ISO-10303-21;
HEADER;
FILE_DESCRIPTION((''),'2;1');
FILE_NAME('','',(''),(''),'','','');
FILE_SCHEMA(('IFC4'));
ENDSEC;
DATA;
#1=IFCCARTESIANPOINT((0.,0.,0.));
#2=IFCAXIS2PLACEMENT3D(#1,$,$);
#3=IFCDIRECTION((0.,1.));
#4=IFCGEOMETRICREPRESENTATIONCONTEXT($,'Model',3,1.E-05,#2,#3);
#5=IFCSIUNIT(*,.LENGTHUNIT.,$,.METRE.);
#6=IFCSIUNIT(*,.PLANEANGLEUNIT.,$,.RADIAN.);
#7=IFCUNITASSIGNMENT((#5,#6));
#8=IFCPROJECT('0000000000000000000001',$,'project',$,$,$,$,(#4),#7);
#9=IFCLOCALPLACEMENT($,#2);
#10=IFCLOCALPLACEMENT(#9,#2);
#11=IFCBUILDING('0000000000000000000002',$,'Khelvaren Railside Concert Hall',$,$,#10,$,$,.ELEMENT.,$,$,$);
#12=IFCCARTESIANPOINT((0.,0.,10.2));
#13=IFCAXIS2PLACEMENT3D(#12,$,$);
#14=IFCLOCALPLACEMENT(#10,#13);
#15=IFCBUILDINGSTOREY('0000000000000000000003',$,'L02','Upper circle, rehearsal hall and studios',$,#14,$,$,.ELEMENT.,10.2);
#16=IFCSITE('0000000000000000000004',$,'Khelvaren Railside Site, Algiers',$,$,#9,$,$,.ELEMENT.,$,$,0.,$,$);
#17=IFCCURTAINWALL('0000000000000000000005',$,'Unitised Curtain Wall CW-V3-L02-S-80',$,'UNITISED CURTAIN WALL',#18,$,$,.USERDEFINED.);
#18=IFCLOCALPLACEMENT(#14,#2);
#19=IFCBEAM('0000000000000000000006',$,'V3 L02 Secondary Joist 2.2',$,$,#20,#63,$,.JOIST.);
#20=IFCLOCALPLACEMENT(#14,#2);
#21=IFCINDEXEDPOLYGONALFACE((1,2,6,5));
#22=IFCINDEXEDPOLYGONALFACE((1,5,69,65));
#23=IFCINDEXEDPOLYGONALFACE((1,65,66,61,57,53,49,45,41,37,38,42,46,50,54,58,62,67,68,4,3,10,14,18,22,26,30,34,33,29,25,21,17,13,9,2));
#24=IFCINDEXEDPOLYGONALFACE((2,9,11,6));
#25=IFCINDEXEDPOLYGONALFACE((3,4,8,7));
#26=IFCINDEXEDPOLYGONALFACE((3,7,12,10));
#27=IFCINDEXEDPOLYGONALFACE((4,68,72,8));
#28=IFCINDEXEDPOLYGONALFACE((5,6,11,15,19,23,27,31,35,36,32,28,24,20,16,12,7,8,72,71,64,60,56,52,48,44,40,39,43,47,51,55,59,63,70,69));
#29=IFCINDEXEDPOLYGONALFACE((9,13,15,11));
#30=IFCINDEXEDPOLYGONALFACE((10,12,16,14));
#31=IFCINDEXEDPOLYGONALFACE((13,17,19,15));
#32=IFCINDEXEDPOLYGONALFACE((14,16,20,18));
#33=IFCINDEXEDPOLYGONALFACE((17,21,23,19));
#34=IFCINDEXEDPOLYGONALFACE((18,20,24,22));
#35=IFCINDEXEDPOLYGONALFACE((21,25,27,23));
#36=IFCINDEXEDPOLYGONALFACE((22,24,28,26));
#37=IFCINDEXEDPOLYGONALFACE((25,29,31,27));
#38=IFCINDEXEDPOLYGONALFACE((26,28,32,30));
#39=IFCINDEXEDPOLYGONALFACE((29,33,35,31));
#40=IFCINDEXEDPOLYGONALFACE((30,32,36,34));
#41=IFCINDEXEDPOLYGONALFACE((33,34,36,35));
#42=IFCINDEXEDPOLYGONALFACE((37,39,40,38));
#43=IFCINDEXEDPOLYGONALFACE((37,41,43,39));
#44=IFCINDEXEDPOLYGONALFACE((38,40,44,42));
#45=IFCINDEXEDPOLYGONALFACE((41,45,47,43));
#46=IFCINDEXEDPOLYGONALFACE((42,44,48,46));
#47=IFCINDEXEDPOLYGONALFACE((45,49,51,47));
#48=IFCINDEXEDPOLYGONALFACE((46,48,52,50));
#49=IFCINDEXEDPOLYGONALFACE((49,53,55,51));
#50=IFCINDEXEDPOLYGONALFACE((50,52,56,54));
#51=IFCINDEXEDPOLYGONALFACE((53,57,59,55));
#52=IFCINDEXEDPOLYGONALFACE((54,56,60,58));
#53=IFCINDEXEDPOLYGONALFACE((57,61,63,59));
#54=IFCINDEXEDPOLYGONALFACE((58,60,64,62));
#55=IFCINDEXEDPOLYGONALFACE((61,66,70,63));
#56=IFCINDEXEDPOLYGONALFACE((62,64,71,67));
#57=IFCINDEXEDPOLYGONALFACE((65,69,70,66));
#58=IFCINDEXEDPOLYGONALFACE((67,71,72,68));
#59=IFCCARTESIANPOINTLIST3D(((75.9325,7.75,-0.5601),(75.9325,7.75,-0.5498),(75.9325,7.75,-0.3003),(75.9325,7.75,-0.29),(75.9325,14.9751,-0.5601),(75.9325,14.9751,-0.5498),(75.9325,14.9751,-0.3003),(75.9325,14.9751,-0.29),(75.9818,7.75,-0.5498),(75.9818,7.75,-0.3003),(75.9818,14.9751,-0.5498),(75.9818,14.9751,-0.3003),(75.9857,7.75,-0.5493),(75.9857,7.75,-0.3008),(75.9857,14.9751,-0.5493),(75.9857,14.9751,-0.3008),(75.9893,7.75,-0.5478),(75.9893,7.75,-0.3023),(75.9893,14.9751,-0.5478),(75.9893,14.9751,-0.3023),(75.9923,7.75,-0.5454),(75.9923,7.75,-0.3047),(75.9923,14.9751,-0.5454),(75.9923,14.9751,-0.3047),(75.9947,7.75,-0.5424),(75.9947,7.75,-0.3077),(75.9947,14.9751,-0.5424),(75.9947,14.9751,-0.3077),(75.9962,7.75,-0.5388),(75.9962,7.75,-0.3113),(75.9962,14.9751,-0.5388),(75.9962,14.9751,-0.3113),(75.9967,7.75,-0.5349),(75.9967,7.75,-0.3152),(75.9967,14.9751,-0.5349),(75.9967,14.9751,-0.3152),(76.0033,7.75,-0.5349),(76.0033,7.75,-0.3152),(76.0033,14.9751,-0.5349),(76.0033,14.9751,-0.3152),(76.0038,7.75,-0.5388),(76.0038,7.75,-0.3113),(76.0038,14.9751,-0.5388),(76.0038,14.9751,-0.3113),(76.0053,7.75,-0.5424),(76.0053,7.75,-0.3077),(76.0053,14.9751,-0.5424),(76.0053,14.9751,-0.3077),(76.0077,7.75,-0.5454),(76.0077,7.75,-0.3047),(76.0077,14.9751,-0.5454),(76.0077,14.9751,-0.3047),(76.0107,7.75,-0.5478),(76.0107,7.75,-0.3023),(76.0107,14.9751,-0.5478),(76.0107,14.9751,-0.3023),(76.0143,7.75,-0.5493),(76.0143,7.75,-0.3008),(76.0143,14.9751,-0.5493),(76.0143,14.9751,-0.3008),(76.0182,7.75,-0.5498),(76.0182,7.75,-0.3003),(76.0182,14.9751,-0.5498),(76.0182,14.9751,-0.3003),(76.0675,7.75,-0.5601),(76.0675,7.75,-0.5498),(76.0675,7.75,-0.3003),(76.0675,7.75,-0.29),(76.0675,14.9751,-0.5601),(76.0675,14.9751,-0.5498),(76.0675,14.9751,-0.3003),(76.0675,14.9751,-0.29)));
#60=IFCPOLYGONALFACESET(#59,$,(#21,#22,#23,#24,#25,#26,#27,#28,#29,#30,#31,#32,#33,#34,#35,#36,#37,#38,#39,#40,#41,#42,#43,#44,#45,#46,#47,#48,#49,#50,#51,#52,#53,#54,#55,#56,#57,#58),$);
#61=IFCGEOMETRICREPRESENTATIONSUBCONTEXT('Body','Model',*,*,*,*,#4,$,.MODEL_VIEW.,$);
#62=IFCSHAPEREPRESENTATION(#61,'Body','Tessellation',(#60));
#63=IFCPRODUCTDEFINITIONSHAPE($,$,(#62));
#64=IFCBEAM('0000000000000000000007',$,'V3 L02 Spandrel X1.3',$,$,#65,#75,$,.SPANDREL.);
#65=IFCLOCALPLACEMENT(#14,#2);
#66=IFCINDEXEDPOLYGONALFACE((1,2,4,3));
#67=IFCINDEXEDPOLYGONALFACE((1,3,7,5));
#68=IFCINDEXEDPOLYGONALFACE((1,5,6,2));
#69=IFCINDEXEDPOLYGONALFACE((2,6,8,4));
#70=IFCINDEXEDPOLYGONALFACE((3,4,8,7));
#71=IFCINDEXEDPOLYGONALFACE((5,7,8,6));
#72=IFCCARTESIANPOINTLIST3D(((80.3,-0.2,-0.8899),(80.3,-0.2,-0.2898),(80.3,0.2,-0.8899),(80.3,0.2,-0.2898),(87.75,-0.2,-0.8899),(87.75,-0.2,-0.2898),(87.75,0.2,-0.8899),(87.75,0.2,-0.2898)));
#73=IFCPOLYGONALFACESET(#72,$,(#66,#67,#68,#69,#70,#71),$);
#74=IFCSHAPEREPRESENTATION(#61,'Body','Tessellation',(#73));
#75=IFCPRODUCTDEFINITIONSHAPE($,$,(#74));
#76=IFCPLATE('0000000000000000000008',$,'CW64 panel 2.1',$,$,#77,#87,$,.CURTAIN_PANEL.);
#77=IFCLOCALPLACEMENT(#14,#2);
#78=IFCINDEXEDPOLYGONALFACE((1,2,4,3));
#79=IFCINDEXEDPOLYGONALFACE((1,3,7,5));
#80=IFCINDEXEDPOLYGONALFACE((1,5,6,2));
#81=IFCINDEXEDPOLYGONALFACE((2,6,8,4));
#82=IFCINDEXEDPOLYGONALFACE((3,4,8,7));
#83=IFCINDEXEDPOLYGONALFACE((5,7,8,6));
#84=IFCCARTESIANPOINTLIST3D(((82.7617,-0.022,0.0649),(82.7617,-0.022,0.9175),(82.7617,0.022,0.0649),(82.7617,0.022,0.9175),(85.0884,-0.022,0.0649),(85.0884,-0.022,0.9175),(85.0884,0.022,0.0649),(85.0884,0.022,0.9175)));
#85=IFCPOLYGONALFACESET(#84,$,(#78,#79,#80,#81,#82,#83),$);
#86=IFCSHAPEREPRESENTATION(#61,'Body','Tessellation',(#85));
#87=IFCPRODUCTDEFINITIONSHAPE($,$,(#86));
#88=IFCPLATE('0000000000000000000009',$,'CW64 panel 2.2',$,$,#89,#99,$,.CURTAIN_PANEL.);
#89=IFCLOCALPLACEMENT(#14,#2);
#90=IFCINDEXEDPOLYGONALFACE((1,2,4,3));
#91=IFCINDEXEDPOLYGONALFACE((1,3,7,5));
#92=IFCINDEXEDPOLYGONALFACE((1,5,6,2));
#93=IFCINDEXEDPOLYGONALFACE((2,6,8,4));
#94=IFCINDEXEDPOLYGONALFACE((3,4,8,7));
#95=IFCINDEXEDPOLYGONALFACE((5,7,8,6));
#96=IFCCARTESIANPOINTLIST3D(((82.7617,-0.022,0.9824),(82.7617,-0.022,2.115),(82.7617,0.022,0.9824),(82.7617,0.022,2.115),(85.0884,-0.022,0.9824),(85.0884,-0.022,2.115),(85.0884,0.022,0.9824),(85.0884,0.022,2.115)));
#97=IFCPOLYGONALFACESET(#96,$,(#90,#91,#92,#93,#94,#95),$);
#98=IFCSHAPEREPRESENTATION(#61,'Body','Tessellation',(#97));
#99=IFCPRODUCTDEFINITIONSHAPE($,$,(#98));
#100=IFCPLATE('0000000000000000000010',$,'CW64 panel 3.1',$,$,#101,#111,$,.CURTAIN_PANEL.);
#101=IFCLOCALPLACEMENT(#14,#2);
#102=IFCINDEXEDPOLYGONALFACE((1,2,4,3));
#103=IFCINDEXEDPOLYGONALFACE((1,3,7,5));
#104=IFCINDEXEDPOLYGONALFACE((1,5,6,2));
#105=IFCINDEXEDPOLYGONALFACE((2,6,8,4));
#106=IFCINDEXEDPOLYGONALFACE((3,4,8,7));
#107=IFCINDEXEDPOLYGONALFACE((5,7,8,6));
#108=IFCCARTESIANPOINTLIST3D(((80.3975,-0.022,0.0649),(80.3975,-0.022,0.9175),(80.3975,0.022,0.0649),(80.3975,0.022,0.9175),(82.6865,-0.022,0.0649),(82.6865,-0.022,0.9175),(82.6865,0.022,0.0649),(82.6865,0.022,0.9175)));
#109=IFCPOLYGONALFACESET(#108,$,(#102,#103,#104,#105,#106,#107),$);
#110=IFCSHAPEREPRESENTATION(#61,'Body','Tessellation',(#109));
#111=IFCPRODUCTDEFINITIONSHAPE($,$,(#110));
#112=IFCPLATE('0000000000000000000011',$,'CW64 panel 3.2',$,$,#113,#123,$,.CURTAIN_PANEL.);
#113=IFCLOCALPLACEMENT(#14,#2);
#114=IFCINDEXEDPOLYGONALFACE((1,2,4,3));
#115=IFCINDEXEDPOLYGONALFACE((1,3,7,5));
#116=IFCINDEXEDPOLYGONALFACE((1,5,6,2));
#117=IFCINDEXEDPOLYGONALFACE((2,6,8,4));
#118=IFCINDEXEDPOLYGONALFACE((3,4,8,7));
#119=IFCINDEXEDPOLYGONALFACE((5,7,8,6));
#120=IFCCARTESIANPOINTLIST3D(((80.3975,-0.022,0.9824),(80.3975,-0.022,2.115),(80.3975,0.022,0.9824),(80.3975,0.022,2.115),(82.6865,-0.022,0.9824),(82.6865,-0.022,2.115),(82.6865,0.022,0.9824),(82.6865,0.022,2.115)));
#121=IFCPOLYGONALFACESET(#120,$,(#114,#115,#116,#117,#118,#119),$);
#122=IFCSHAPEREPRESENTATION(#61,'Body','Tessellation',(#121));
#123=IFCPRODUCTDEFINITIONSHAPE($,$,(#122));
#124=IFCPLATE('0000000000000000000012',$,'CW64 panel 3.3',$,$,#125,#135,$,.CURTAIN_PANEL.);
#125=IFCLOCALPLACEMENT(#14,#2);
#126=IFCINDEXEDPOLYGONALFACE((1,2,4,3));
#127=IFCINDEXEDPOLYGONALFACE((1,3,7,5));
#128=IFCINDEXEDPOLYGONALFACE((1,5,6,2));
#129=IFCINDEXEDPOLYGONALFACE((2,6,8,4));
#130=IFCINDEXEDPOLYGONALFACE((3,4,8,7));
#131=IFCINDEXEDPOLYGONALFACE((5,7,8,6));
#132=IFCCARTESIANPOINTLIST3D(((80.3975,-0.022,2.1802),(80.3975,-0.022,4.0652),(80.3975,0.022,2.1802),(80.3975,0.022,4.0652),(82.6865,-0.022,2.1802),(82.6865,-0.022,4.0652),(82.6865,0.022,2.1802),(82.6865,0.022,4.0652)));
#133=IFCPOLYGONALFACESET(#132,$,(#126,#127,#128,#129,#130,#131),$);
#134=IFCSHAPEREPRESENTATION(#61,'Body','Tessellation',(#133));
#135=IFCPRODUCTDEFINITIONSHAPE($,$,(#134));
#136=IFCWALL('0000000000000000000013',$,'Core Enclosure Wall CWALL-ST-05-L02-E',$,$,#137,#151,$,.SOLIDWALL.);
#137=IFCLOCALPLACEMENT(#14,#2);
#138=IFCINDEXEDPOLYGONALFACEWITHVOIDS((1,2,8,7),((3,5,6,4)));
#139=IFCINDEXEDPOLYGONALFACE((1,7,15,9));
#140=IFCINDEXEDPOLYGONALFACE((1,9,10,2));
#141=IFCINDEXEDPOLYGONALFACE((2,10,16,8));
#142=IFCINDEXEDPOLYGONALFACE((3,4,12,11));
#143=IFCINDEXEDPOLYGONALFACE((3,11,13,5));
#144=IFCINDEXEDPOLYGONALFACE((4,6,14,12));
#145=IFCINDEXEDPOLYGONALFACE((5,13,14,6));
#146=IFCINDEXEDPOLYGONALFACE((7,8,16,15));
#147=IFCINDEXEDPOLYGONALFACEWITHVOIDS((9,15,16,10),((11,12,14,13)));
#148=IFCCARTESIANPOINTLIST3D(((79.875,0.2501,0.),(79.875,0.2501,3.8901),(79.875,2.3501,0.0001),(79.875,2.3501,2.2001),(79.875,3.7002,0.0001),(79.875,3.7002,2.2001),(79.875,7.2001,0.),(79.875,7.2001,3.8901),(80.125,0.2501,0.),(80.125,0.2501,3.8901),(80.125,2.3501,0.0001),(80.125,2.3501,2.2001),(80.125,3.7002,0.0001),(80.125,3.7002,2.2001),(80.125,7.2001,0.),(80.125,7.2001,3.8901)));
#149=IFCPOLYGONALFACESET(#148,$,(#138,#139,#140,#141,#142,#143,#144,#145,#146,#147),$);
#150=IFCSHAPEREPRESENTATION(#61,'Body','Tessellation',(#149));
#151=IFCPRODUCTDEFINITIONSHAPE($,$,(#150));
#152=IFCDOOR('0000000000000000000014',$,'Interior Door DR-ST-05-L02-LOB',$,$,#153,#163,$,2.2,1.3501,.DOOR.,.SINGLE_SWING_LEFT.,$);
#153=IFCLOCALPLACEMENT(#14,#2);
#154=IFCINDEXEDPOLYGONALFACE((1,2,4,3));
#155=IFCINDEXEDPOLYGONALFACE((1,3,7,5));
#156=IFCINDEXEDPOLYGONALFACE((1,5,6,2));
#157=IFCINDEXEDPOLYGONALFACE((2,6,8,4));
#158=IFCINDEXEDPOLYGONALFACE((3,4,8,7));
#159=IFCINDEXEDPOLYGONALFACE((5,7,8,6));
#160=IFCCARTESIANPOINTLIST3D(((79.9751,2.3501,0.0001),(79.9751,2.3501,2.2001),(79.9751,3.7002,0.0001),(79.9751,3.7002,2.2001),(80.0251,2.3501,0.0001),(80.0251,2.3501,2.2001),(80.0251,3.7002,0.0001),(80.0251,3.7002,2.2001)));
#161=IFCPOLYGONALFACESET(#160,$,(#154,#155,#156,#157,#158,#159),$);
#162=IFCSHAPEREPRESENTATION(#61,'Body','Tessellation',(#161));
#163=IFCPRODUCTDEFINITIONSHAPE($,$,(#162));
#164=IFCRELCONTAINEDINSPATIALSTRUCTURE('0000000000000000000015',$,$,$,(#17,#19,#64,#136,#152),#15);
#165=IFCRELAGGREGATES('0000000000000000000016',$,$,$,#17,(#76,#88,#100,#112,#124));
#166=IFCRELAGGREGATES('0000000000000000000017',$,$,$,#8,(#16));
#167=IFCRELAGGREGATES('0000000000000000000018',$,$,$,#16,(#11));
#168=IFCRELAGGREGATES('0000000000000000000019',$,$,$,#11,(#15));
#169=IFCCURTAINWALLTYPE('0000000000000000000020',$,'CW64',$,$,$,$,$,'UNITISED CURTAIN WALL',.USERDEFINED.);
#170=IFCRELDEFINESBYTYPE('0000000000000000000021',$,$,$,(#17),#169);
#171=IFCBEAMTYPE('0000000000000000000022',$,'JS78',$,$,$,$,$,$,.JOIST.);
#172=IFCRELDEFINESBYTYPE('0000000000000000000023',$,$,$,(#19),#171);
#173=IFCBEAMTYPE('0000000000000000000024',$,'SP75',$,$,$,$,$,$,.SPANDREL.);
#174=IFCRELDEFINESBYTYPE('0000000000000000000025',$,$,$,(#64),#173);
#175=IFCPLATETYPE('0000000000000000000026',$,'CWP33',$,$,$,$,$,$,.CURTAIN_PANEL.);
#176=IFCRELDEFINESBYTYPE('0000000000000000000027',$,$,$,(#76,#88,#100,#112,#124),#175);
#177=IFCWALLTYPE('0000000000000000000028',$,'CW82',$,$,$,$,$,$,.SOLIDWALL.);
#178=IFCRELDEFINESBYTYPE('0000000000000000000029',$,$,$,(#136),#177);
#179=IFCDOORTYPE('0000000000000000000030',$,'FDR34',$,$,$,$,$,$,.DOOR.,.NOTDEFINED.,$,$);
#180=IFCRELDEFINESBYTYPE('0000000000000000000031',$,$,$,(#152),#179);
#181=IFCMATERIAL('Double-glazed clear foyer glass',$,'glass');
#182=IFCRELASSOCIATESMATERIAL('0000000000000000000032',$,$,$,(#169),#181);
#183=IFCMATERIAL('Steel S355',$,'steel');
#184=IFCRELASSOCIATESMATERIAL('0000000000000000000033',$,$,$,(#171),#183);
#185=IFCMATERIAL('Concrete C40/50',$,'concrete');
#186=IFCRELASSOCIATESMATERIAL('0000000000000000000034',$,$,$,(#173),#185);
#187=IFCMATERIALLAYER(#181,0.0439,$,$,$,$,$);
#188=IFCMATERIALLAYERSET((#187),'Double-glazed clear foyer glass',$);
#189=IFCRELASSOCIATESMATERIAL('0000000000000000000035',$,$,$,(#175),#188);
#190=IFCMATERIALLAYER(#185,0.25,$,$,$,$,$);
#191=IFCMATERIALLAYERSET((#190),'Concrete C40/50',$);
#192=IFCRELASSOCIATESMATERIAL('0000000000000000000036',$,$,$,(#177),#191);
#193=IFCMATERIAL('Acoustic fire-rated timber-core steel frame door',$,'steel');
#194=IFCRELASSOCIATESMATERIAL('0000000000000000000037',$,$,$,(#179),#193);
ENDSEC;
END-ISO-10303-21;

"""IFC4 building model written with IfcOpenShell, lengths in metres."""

from ifc_helpers import new_model, si_unit, direction, frame, frame_2d, origin, origin_2d, place, context, subcontext, project, spatial, rectangle, i_section, extrude, material, layer, layer_set, material_profile, profile_set, type_object, element, fill, aggregate, save


model = new_model("IFC4")

# Units and contexts
model_context = context("Model", 3, precision=1e-05, world=origin(), true_north=direction((0.0, 1.0)))
body_context = subcontext(model_context, "Body", "Model", "MODEL_VIEW")
ifc_project = project(units=[si_unit("LENGTHUNIT", "METRE"), si_unit("PLANEANGLEUNIT", "RADIAN")], contexts=[model_context])

# Site, building, storey
site_placement = place(None, origin())
site = spatial("IfcSite", under=ifc_project, at=site_placement, Name="Khelvaren Railside Site, Algiers", CompositionType="ELEMENT", RefElevation=0.0)
building_placement = place(site_placement, origin())
building = spatial("IfcBuilding", under=site, at=building_placement, Name="Khelvaren Railside Concert Hall", CompositionType="ELEMENT")
storey_placement = place(building_placement, frame((0.0, 0.0, 10.2)))
storey = spatial("IfcBuildingStorey", under=building, at=storey_placement, Name="L02", Description="Upper circle, rehearsal hall and studios", CompositionType="ELEMENT", Elevation=10.2)

# Shared definitions
ifc_material_1 = material(Name="Steel S355", Category="steel")
ifc_material_2 = material(Name="Concrete C40/50", Category="concrete")

# Curtain wall
ifc_material_3 = material(Name="Double-glazed clear foyer glass", Category="glass")
curtain_wall_type = type_object("IfcCurtainWallType", Name="CW64", ElementType="UNITISED CURTAIN WALL", PredefinedType="USERDEFINED", material=ifc_material_3)
curtain_wall_placement = place(storey_placement, origin())
curtain_wall = element("IfcCurtainWall", 1, at=curtain_wall_placement, inside=storey, type_object=curtain_wall_type, Name="Unitised Curtain Wall CW-V3-L02-S-80", ObjectType="UNITISED CURTAIN WALL", PredefinedType="USERDEFINED")

# Beams
ifc_material_profile_1 = material_profile(ifc_material_1, i_section(OverallWidth=0.135, OverallDepth=0.27, WebThickness=0.0066, FlangeThickness=0.0103, FilletRadius=0.0149, at=origin_2d()), Name="IPE 270")
ifc_profile_set_1 = profile_set([ifc_material_profile_1], Name="Steel S355")
beam_type_1 = type_object("IfcBeamType", Name="JS78", PredefinedType="JOIST", material=ifc_profile_set_1)
beam_1_placement = place(storey_placement, frame((76.0, 7.75, -0.425), z_axis=(0.0, 1.0, 0.0), x_axis=(-1.0, 0.0, 0.0)))
element("IfcBeam", 2, at=beam_1_placement, inside=storey, type_object=beam_type_1, Name="V3 L02 Secondary Joist 2.2", PredefinedType="JOIST", context=body_context, shape_type="SweptSolid", body=[
    extrude(i_section(OverallWidth=0.135, OverallDepth=0.27, WebThickness=0.0066, FlangeThickness=0.0103, FilletRadius=0.0149, at=origin_2d()), origin(), (0.0, 0.0, 1.0), 7.2251),
])
ifc_material_profile_2 = material_profile(ifc_material_2, rectangle(XDim=0.3999, YDim=0.6001, at=origin_2d()), Name="RCB 400x600")
ifc_profile_set_2 = profile_set([ifc_material_profile_2], Name="Concrete C40/50")
beam_type_2 = type_object("IfcBeamType", Name="SP75", PredefinedType="SPANDREL", material=ifc_profile_set_2)
beam_2_placement = place(storey_placement, frame((80.3, 0.0, -0.5898), z_axis=(1.0, 0.0, 0.0), x_axis=(0.0, 1.0, 0.0)))
element("IfcBeam", 3, at=beam_2_placement, inside=storey, type_object=beam_type_2, Name="V3 L02 Spandrel X1.3", PredefinedType="SPANDREL", context=body_context, shape_type="SweptSolid", body=[
    extrude(rectangle(XDim=0.3999, YDim=0.6001, at=origin_2d()), origin(), (0.0, 0.0, 1.0), 7.45),
])

# Plates
ifc_layer_1 = layer(ifc_material_3, 0.0439)
ifc_layer_set_1 = layer_set([ifc_layer_1], Name="Double-glazed clear foyer glass")
plate_type = type_object("IfcPlateType", Name="CWP33", PredefinedType="CURTAIN_PANEL", material=ifc_layer_set_1)
plate_1_placement = place(storey_placement, frame((83.925, 0.0, 0.0649), z_axis=(0.0, 0.0, 1.0), x_axis=(-1.0, 0.0, 0.0)))
plate_1 = element("IfcPlate", 4, at=plate_1_placement, type_object=plate_type, Name="CW64 panel 2.1", PredefinedType="CURTAIN_PANEL", context=body_context, shape_type="SweptSolid", body=[
    extrude(rectangle(XDim=2.3267, YDim=0.0439, at=origin_2d()), origin(), (0.0, 0.0, 1.0), 0.8525),
])
plate_2_placement = place(storey_placement, frame((83.925, 0.0, 0.9824), z_axis=(0.0, 0.0, 1.0), x_axis=(-1.0, 0.0, 0.0)))
plate_2 = element("IfcPlate", 5, at=plate_2_placement, type_object=plate_type, Name="CW64 panel 2.2", PredefinedType="CURTAIN_PANEL", context=body_context, shape_type="SweptSolid", body=[
    extrude(rectangle(XDim=2.3267, YDim=0.0439, at=origin_2d()), origin(), (0.0, 0.0, 1.0), 1.1326),
])
plate_3_placement = place(storey_placement, frame((81.542, 0.0, 0.0649), z_axis=(0.0, 0.0, 1.0), x_axis=(-1.0, 0.0, 0.0)))
plate_3 = element("IfcPlate", 6, at=plate_3_placement, type_object=plate_type, Name="CW64 panel 3.1", PredefinedType="CURTAIN_PANEL", context=body_context, shape_type="SweptSolid", body=[
    extrude(rectangle(XDim=2.2891, YDim=0.0439, at=origin_2d()), origin(), (0.0, 0.0, 1.0), 0.8525),
])
plate_4_placement = place(storey_placement, frame((81.542, 0.0, 0.9824), z_axis=(0.0, 0.0, 1.0), x_axis=(-1.0, 0.0, 0.0)))
plate_4 = element("IfcPlate", 7, at=plate_4_placement, type_object=plate_type, Name="CW64 panel 3.2", PredefinedType="CURTAIN_PANEL", context=body_context, shape_type="SweptSolid", body=[
    extrude(rectangle(XDim=2.2891, YDim=0.0439, at=origin_2d()), origin(), (0.0, 0.0, 1.0), 1.1326),
])
plate_5_placement = place(storey_placement, frame((81.542, 0.0, 2.1802), z_axis=(0.0, 0.0, 1.0), x_axis=(-1.0, 0.0, 0.0)))
plate_5 = element("IfcPlate", 8, at=plate_5_placement, type_object=plate_type, Name="CW64 panel 3.3", PredefinedType="CURTAIN_PANEL", context=body_context, shape_type="SweptSolid", body=[
    extrude(rectangle(XDim=2.2891, YDim=0.0439, at=origin_2d()), origin(), (0.0, 0.0, 1.0), 1.885),
])
aggregate(curtain_wall, [plate_1, plate_2, plate_3, plate_4, plate_5])

# Wall, opening, door
ifc_layer_2 = layer(ifc_material_2, 0.25)
ifc_layer_set_2 = layer_set([ifc_layer_2], Name="Concrete C40/50")
wall_type_1 = type_object("IfcWallType", Name="CW82", PredefinedType="SOLIDWALL", material=ifc_layer_set_2)
wall_1_placement = place(storey_placement, frame((80.0, 0.25, 0.0), z_axis=(0.0, 0.0, 1.0), x_axis=(0.0, 1.0, 0.0)))
wall_1 = element("IfcWall", 9, at=wall_1_placement, inside=storey, type_object=wall_type_1, Name="Core Enclosure Wall CWALL-ST-05-L02-E", PredefinedType="SOLIDWALL", context=body_context, shape_type="SweptSolid", body=[
    extrude(rectangle(XDim=6.95, YDim=0.25, at=frame_2d((3.4751, 0.0))), origin(), (0.0, 0.0, 1.0), 3.8901),
])
opening_1_placement = place(wall_1_placement, frame((2.1001, 0.0, 0.0)))
opening_1 = element("IfcOpeningElement", 10, at=opening_1_placement, cuts=wall_1, PredefinedType="OPENING", context=body_context, shape_type="SweptSolid", body=[
    extrude(rectangle(XDim=1.3501, YDim=2.2, at=frame_2d((0.675, 1.1001))), frame((0.0, 0.135, 0.0), z_axis=(0.0, -1.0, 0.0), x_axis=(1.0, 0.0, 0.0)), (0.0, 0.0, 1.0), 0.27),
])
ifc_material_4 = material(Name="Acoustic fire-rated timber-core steel frame door", Category="steel")
door_type_1 = type_object("IfcDoorType", Name="FDR34", OperationType="NOTDEFINED", PredefinedType="DOOR", material=ifc_material_4)
door_1_placement = place(opening_1_placement, origin())
door_1 = element("IfcDoor", 11, at=door_1_placement, inside=storey, type_object=door_type_1, Name="Interior Door DR-ST-05-L02-LOB", OperationType="SINGLE_SWING_LEFT", OverallHeight=2.2, OverallWidth=1.3501, PredefinedType="DOOR", context=body_context, shape_type="SweptSolid", body=[
    extrude(rectangle(XDim=1.3501, YDim=2.2, at=frame_2d((0.675, 1.1001))), frame((0.0, 0.0249, 0.0), z_axis=(0.0, -1.0, 0.0), x_axis=(1.0, 0.0, 0.0)), (0.0, 0.0, 1.0), 0.05),
])
fill(opening_1, door_1)

save(model, "model.ifc")
